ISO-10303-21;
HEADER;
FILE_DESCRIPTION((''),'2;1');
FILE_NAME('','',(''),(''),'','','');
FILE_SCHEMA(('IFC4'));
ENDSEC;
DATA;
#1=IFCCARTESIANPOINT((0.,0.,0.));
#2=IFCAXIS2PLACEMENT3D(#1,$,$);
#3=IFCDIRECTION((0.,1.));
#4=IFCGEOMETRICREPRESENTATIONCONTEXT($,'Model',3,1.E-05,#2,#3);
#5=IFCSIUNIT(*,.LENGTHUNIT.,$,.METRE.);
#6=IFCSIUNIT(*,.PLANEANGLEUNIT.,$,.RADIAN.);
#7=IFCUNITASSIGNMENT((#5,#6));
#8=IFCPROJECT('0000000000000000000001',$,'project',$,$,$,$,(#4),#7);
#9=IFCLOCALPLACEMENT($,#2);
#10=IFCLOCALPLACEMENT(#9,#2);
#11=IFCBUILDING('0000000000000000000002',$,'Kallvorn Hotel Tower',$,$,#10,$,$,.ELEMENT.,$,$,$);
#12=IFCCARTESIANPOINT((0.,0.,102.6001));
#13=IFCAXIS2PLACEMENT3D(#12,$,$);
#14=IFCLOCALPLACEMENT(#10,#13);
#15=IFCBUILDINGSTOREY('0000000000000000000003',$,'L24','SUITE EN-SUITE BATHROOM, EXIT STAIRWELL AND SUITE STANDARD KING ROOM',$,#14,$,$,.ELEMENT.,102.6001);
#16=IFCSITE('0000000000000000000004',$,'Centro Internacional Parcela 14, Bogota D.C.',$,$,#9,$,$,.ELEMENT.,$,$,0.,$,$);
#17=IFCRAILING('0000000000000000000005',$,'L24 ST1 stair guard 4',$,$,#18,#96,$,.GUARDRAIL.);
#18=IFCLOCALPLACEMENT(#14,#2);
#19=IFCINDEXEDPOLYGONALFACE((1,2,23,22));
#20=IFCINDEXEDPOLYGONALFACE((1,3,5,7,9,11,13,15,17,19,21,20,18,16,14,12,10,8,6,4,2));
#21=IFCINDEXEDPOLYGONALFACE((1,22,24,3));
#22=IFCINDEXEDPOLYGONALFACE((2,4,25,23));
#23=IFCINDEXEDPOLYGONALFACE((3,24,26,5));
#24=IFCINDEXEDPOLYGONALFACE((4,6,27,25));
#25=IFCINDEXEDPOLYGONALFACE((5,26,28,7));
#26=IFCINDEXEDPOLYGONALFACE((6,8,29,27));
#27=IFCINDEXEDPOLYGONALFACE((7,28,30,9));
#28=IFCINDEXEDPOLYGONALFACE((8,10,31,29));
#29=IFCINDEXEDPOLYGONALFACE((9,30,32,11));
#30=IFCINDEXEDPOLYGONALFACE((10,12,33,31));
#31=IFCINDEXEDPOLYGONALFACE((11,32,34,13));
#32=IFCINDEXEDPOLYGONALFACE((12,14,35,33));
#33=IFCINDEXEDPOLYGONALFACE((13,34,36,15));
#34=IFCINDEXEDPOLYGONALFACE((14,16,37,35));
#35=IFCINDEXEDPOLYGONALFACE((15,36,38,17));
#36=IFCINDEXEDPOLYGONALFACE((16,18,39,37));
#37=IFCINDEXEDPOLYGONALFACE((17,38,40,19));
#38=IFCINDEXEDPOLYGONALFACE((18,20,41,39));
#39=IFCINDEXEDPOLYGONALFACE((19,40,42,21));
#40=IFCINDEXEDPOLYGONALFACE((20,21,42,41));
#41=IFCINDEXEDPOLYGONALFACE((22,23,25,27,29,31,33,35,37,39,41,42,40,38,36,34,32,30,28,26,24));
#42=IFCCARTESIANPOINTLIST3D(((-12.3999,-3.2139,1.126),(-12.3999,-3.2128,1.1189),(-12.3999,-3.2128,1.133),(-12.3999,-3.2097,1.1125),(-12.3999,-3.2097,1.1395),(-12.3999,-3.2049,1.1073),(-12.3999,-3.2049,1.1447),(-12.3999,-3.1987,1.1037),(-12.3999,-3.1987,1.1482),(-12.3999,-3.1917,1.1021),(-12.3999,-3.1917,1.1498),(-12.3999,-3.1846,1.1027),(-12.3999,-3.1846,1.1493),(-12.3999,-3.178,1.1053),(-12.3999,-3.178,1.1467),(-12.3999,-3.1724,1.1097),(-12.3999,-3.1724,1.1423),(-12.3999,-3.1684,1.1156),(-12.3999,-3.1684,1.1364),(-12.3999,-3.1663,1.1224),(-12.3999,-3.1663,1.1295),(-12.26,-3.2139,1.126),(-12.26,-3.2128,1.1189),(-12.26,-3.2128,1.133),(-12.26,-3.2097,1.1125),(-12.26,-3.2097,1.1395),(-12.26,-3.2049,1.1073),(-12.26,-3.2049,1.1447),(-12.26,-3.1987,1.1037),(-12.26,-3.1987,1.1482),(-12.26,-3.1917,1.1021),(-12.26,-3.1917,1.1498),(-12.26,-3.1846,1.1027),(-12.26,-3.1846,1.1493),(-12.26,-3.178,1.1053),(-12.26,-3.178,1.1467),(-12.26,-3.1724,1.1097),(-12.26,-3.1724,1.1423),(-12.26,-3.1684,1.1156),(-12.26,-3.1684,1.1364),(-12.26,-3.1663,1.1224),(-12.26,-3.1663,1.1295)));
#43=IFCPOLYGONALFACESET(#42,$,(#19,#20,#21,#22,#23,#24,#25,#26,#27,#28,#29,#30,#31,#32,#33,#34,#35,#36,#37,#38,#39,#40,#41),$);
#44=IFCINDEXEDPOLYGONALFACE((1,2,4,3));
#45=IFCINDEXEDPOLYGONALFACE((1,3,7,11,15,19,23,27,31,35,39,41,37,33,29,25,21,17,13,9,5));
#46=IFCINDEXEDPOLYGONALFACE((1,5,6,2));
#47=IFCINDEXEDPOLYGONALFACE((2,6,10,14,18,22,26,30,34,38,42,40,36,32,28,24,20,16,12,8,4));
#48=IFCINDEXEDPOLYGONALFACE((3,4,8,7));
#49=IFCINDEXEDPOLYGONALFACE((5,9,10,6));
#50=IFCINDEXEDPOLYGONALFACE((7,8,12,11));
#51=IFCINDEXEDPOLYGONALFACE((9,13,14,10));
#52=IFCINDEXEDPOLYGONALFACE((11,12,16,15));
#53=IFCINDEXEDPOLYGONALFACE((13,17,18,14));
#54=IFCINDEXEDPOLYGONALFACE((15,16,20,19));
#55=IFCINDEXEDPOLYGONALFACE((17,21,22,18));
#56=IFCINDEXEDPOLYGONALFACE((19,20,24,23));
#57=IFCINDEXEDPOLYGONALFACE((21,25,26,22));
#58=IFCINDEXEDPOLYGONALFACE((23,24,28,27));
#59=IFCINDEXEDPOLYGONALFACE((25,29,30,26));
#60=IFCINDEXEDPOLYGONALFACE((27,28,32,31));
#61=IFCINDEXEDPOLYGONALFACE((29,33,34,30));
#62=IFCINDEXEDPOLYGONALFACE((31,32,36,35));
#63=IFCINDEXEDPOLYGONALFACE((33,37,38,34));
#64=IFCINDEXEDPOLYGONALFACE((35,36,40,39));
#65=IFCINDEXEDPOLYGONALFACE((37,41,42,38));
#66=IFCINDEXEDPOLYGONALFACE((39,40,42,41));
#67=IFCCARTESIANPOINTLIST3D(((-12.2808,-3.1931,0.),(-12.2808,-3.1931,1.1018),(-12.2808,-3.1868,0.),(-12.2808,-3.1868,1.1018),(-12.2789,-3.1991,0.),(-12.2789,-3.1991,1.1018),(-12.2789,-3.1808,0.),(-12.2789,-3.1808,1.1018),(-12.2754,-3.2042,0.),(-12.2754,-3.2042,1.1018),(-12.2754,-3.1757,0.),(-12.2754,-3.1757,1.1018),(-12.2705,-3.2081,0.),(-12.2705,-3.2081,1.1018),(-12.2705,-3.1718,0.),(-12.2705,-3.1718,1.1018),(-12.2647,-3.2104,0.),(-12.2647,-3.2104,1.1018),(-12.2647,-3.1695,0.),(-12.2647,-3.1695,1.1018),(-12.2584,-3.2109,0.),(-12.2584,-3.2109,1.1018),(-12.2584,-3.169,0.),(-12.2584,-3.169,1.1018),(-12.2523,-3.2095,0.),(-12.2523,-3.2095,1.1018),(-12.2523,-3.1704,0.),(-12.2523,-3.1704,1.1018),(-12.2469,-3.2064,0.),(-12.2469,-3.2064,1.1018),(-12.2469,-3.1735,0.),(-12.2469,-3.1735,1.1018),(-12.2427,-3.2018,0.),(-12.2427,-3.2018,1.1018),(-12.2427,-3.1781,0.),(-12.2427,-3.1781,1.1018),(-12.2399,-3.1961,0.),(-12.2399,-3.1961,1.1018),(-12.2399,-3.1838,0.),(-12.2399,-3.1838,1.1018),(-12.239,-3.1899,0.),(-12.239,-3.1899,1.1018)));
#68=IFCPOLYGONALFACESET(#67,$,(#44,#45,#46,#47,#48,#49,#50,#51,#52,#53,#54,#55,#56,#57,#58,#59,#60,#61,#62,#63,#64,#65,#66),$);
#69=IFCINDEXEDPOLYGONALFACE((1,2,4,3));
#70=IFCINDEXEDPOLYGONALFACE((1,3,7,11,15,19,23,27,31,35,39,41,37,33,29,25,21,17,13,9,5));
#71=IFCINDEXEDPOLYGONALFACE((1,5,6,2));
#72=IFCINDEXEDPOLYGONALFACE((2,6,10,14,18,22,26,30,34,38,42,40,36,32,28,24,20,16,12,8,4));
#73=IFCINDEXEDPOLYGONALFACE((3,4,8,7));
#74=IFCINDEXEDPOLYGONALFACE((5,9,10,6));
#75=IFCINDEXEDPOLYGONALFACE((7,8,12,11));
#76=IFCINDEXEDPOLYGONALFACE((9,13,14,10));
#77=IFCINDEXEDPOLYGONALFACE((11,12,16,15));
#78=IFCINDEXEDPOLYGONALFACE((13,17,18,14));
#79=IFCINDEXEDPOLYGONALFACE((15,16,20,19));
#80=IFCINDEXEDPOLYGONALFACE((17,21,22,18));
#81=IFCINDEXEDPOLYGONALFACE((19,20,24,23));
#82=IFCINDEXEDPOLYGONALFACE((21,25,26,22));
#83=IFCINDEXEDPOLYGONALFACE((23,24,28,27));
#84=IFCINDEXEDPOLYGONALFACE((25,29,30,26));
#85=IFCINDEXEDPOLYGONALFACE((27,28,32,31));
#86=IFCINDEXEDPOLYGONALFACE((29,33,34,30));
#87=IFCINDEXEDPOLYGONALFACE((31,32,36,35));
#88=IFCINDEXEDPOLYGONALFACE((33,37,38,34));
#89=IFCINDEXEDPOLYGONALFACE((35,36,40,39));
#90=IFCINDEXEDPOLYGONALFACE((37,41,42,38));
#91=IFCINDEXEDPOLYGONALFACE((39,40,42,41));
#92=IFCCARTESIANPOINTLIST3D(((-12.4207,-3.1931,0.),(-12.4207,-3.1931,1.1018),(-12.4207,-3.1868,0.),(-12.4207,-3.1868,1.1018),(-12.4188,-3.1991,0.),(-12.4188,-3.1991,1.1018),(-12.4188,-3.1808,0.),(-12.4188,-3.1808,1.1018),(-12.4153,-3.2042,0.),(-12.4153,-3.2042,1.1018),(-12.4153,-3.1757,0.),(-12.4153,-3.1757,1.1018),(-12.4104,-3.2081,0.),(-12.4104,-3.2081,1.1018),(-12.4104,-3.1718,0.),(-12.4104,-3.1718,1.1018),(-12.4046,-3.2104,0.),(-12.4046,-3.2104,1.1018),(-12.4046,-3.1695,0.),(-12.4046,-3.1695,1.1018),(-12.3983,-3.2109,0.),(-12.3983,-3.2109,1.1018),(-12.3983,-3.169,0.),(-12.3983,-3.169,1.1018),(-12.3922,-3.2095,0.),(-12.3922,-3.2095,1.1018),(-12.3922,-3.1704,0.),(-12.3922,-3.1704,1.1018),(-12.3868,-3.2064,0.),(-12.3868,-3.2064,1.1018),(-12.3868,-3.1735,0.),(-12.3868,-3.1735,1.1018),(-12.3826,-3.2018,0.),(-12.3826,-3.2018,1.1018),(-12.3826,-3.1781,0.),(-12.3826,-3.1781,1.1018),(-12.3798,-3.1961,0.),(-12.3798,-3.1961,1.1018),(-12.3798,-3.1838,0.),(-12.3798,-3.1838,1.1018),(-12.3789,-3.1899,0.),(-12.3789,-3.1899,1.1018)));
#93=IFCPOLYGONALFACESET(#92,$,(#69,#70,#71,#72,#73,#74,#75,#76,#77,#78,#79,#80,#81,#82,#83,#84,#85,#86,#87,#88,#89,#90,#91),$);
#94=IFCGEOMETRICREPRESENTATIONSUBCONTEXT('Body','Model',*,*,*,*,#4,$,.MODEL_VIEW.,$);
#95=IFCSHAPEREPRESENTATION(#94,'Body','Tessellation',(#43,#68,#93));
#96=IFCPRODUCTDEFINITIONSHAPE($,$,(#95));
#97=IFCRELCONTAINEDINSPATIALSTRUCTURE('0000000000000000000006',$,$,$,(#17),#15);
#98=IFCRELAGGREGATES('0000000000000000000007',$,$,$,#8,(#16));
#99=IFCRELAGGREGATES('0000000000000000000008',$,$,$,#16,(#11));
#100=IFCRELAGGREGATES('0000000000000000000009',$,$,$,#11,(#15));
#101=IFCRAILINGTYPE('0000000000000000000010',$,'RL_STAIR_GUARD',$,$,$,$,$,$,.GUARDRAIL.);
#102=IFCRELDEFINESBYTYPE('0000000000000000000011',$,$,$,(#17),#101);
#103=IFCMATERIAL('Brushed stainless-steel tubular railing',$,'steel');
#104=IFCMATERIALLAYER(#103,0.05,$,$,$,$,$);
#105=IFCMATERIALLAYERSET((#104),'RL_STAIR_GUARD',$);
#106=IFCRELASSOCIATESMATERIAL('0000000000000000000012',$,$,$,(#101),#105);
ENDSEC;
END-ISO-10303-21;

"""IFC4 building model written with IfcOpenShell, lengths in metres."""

from ifc_helpers import new_model, si_unit, direction, frame, origin, origin_2d, place, context, subcontext, project, spatial, circle, extrude, material, layer, layer_set, type_object, element, save


model = new_model("IFC4")

# Units and contexts
model_context = context("Model", 3, precision=1e-05, world=origin(), true_north=direction((0.0, 1.0)))
body_context = subcontext(model_context, "Body", "Model", "MODEL_VIEW")
ifc_project = project(units=[si_unit("LENGTHUNIT", "METRE"), si_unit("PLANEANGLEUNIT", "RADIAN")], contexts=[model_context])

# Site, building, storey
site_placement = place(None, origin())
site = spatial("IfcSite", under=ifc_project, at=site_placement, Name="Centro Internacional Parcela 14, Bogota D.C.", CompositionType="ELEMENT", RefElevation=0.0)
building_placement = place(site_placement, origin())
building = spatial("IfcBuilding", under=site, at=building_placement, Name="Kallvorn Hotel Tower", CompositionType="ELEMENT")
storey_placement = place(building_placement, frame((0.0, 0.0, 102.6001)))
storey = spatial("IfcBuildingStorey", under=building, at=storey_placement, Name="L24", Description="SUITE EN-SUITE BATHROOM, EXIT STAIRWELL AND SUITE STANDARD KING ROOM", CompositionType="ELEMENT", Elevation=102.6001)

# Railing
ifc_material_1 = material(Name="Brushed stainless-steel tubular railing", Category="steel")
ifc_layer_1 = layer(ifc_material_1, 0.05)
ifc_layer_set_1 = layer_set([ifc_layer_1], Name="RL_STAIR_GUARD")
railing_type_1 = type_object("IfcRailingType", Name="RL_STAIR_GUARD", PredefinedType="GUARDRAIL", material=ifc_layer_set_1)
railing_1_placement = place(storey_placement, frame((-12.26, -3.1899, 0.0)))
element("IfcRailing", 1, at=railing_1_placement, inside=storey, type_object=railing_type_1, Name="L24 ST1 stair guard 4", PredefinedType="GUARDRAIL", context=body_context, shape_type="SweptSolid", body=[
    extrude(circle(Radius=0.0239, at=origin_2d()), frame((0.0, 0.0, 1.126), z_axis=(-1.0, 0.0, 0.0), x_axis=(0.0, -1.0, 0.0)), (0.0, 0.0, 1.0), 0.1399),
    extrude(circle(Radius=0.021, at=origin_2d()), origin(), (0.0, 0.0, 1.0), 1.1018),
    extrude(circle(Radius=0.021, at=origin_2d()), frame((-0.1399, 0.0, 0.0)), (0.0, 0.0, 1.0), 1.1018),
])

save(model, "model.ifc")
